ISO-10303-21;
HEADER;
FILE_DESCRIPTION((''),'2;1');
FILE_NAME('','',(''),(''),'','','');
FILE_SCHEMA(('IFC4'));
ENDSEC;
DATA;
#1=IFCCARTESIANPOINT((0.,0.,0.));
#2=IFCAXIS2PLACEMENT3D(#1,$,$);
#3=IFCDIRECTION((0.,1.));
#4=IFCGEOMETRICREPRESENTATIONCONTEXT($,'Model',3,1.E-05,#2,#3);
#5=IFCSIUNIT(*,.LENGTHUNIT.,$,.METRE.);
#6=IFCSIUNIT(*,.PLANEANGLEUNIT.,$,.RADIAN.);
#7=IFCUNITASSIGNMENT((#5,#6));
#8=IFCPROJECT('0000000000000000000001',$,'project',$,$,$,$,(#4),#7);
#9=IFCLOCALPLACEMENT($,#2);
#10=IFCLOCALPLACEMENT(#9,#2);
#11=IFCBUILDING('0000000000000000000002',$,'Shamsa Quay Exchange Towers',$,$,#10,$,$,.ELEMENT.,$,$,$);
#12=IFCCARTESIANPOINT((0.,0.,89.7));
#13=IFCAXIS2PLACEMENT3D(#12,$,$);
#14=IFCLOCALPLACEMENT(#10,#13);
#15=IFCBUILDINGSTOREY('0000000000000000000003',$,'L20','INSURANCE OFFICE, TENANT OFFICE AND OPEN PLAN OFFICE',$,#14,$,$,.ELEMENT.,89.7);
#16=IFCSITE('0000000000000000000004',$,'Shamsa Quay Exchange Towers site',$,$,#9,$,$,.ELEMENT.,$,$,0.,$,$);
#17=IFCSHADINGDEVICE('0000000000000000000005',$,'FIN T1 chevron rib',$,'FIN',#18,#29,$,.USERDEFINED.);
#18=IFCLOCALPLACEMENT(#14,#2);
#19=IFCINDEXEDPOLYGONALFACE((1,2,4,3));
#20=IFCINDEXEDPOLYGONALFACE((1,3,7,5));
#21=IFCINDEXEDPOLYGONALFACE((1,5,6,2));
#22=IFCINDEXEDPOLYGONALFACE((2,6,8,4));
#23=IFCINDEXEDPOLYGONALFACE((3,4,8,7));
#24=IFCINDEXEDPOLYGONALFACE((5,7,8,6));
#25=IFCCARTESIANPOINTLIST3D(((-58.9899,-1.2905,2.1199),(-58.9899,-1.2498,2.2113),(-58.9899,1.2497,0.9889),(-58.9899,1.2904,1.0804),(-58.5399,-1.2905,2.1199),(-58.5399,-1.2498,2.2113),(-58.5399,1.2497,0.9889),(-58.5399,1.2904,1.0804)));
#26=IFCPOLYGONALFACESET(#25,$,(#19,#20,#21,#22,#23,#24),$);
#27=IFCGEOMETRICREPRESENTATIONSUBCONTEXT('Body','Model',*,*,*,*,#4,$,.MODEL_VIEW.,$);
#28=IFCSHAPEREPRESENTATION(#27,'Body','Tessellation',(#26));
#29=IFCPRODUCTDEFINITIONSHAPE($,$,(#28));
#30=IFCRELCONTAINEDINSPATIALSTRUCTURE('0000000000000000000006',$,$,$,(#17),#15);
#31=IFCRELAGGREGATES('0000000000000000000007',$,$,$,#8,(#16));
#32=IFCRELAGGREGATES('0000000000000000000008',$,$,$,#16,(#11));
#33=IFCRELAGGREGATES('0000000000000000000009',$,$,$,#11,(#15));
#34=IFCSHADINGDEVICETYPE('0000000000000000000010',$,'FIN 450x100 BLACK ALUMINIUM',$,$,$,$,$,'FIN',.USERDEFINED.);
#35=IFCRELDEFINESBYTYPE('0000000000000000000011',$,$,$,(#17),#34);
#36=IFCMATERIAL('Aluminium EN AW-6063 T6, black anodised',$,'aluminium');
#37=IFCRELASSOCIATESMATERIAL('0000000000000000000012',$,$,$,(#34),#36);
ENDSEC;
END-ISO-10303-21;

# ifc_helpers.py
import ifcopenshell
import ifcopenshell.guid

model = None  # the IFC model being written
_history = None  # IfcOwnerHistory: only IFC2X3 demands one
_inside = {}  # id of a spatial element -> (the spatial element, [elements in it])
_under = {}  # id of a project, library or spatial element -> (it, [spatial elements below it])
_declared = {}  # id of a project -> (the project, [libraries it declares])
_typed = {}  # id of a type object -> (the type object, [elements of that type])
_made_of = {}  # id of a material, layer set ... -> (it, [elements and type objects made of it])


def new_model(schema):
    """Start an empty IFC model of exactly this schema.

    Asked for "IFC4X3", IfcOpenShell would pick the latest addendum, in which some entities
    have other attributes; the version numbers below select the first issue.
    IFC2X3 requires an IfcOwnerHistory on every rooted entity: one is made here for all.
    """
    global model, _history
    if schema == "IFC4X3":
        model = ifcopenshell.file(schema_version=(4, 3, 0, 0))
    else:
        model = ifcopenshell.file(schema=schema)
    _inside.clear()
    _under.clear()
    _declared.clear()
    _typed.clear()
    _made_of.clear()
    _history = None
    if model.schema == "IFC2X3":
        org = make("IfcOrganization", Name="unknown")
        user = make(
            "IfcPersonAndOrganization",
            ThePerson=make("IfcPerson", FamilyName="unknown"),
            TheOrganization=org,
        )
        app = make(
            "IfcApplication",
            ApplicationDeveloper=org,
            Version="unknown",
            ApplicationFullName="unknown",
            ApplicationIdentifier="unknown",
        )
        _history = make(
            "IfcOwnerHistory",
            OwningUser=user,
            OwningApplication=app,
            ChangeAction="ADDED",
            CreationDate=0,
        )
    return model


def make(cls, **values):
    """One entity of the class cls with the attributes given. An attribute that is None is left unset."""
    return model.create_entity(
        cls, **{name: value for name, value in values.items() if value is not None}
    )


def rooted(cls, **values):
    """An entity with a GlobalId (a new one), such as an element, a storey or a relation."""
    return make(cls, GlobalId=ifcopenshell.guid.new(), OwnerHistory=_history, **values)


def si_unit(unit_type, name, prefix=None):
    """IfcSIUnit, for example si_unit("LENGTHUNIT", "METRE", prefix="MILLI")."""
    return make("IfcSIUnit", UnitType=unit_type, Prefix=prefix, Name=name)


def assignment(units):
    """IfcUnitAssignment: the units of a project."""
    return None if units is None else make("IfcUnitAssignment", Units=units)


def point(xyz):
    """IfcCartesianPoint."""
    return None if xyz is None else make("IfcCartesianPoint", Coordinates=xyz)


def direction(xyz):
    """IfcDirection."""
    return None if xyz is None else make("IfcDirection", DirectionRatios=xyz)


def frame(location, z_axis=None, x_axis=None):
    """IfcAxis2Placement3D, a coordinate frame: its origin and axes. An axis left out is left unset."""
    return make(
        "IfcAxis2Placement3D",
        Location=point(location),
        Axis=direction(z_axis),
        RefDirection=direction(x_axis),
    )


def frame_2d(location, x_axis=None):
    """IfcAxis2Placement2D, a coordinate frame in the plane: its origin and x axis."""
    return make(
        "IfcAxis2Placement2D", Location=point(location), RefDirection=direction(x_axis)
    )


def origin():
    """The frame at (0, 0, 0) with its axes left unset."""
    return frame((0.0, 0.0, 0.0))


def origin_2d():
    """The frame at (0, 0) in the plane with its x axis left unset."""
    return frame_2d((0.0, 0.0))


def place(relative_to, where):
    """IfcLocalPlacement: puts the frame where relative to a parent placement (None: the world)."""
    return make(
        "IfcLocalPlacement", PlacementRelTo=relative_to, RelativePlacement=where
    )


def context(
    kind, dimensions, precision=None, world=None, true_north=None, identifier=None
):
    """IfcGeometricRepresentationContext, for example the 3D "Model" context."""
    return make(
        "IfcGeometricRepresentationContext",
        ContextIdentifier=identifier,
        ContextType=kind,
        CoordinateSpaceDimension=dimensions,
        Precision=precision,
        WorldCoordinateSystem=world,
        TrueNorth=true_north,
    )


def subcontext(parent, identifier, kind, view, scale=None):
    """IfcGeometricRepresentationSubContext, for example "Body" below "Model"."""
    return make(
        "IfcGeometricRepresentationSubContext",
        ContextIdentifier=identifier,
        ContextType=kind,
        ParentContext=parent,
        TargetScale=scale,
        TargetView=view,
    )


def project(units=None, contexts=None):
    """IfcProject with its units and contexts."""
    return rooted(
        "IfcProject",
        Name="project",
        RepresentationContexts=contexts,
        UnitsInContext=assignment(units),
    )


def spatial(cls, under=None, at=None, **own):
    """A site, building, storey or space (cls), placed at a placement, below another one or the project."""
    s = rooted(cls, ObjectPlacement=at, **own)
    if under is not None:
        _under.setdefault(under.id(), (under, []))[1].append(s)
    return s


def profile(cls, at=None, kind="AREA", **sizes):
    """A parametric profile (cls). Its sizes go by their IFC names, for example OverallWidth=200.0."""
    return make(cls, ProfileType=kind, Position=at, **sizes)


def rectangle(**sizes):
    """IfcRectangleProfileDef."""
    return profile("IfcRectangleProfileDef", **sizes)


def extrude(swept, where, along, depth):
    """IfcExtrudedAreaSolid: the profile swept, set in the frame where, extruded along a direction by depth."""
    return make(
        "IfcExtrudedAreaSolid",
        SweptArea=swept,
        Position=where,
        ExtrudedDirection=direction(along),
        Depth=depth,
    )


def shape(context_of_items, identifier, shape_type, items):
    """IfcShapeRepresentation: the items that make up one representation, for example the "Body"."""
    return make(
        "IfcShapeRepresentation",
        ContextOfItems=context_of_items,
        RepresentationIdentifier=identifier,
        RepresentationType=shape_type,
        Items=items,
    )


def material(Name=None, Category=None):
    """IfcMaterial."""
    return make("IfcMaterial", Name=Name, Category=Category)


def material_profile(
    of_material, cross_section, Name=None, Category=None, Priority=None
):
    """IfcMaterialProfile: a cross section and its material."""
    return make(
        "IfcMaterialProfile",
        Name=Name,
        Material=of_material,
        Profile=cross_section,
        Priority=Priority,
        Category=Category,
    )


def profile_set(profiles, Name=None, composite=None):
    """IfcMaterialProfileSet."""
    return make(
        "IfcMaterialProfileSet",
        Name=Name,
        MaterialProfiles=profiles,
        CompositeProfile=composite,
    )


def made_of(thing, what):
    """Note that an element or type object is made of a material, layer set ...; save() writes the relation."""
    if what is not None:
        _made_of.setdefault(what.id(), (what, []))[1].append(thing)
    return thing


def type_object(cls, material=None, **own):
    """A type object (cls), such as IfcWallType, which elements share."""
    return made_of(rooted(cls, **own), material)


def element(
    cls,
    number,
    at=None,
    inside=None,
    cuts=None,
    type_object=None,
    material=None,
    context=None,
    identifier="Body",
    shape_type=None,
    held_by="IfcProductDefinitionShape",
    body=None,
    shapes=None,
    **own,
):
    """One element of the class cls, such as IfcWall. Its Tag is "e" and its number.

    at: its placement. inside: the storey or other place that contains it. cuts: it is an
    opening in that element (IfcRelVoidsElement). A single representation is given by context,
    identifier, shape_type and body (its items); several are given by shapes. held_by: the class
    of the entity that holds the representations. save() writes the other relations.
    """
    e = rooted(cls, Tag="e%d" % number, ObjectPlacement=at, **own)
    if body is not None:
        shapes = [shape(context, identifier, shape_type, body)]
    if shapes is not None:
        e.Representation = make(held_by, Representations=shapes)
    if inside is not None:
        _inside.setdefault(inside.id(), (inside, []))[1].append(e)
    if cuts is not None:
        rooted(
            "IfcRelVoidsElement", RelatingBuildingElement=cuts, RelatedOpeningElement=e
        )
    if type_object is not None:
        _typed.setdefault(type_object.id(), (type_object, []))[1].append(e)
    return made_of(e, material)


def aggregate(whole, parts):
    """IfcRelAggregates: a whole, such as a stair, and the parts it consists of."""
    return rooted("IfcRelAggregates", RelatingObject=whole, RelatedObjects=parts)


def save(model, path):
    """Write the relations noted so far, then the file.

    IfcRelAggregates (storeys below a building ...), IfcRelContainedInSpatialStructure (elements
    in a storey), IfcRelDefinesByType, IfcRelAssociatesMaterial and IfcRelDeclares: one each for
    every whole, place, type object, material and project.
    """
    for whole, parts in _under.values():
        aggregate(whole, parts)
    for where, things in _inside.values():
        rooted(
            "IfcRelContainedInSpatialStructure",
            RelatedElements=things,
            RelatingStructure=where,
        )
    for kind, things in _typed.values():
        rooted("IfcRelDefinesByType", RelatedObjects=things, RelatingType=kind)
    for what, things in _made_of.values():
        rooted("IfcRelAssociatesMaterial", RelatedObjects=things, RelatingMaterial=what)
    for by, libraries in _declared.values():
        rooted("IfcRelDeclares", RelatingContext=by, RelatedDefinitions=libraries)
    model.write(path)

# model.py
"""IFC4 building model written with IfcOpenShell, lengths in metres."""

from ifc_helpers import new_model, si_unit, direction, frame, origin, origin_2d, place, context, subcontext, project, spatial, rectangle, extrude, material, material_profile, profile_set, type_object, element, save


model = new_model("IFC4")

# Units and contexts
model_context = context("Model", 3, precision=1e-05, world=origin(), true_north=direction((0.0, 1.0)))
body_context = subcontext(model_context, "Body", "Model", "MODEL_VIEW")
ifc_project = project(units=[si_unit("LENGTHUNIT", "METRE"), si_unit("PLANEANGLEUNIT", "RADIAN")], contexts=[model_context])

# Site, building, storey
site_placement = place(None, origin())
site = spatial("IfcSite", under=ifc_project, at=site_placement, Name="Shamsa Quay Exchange Towers site", CompositionType="ELEMENT", RefElevation=0.0)
building_placement = place(site_placement, origin())
building = spatial("IfcBuilding", under=site, at=building_placement, Name="Shamsa Quay Exchange Towers", CompositionType="ELEMENT")
storey_placement = place(building_placement, frame((0.0, 0.0, 89.7)))
storey = spatial("IfcBuildingStorey", under=building, at=storey_placement, Name="L20", Description="INSURANCE OFFICE, TENANT OFFICE AND OPEN PLAN OFFICE", CompositionType="ELEMENT", Elevation=89.7)

# Shared definitions
ifc_material_1 = material(Name="Aluminium EN AW-6063 T6, black anodised", Category="aluminium")

# Shading device
ifc_material_profile_1 = material_profile(ifc_material_1, rectangle(XDim=0.45, YDim=0.1001, at=origin_2d()), Name="FIN450x100")
ifc_profile_set_1 = profile_set([ifc_material_profile_1], Name="Aluminium EN AW-6063 T6, black anodised")
shading_device_type = type_object("IfcShadingDeviceType", Name="FIN 450x100 BLACK ALUMINIUM", ElementType="FIN", PredefinedType="USERDEFINED", material=ifc_profile_set_1)
shading_device_1_placement = place(storey_placement, frame((-58.7649, 1.27, 1.0347), z_axis=(0.0, -0.913551, 0.406725), x_axis=(1.0, 0.0, 0.0)))
element("IfcShadingDevice", 1, at=shading_device_1_placement, inside=storey, type_object=shading_device_type, Name="FIN T1 chevron rib", ObjectType="FIN", PredefinedType="USERDEFINED", context=body_context, shape_type="SweptSolid", body=[
    extrude(rectangle(XDim=0.45, YDim=0.1001, at=origin_2d()), origin(), (0.0, 0.0, 1.0), 2.7805),
])

save(model, "model.ifc")
